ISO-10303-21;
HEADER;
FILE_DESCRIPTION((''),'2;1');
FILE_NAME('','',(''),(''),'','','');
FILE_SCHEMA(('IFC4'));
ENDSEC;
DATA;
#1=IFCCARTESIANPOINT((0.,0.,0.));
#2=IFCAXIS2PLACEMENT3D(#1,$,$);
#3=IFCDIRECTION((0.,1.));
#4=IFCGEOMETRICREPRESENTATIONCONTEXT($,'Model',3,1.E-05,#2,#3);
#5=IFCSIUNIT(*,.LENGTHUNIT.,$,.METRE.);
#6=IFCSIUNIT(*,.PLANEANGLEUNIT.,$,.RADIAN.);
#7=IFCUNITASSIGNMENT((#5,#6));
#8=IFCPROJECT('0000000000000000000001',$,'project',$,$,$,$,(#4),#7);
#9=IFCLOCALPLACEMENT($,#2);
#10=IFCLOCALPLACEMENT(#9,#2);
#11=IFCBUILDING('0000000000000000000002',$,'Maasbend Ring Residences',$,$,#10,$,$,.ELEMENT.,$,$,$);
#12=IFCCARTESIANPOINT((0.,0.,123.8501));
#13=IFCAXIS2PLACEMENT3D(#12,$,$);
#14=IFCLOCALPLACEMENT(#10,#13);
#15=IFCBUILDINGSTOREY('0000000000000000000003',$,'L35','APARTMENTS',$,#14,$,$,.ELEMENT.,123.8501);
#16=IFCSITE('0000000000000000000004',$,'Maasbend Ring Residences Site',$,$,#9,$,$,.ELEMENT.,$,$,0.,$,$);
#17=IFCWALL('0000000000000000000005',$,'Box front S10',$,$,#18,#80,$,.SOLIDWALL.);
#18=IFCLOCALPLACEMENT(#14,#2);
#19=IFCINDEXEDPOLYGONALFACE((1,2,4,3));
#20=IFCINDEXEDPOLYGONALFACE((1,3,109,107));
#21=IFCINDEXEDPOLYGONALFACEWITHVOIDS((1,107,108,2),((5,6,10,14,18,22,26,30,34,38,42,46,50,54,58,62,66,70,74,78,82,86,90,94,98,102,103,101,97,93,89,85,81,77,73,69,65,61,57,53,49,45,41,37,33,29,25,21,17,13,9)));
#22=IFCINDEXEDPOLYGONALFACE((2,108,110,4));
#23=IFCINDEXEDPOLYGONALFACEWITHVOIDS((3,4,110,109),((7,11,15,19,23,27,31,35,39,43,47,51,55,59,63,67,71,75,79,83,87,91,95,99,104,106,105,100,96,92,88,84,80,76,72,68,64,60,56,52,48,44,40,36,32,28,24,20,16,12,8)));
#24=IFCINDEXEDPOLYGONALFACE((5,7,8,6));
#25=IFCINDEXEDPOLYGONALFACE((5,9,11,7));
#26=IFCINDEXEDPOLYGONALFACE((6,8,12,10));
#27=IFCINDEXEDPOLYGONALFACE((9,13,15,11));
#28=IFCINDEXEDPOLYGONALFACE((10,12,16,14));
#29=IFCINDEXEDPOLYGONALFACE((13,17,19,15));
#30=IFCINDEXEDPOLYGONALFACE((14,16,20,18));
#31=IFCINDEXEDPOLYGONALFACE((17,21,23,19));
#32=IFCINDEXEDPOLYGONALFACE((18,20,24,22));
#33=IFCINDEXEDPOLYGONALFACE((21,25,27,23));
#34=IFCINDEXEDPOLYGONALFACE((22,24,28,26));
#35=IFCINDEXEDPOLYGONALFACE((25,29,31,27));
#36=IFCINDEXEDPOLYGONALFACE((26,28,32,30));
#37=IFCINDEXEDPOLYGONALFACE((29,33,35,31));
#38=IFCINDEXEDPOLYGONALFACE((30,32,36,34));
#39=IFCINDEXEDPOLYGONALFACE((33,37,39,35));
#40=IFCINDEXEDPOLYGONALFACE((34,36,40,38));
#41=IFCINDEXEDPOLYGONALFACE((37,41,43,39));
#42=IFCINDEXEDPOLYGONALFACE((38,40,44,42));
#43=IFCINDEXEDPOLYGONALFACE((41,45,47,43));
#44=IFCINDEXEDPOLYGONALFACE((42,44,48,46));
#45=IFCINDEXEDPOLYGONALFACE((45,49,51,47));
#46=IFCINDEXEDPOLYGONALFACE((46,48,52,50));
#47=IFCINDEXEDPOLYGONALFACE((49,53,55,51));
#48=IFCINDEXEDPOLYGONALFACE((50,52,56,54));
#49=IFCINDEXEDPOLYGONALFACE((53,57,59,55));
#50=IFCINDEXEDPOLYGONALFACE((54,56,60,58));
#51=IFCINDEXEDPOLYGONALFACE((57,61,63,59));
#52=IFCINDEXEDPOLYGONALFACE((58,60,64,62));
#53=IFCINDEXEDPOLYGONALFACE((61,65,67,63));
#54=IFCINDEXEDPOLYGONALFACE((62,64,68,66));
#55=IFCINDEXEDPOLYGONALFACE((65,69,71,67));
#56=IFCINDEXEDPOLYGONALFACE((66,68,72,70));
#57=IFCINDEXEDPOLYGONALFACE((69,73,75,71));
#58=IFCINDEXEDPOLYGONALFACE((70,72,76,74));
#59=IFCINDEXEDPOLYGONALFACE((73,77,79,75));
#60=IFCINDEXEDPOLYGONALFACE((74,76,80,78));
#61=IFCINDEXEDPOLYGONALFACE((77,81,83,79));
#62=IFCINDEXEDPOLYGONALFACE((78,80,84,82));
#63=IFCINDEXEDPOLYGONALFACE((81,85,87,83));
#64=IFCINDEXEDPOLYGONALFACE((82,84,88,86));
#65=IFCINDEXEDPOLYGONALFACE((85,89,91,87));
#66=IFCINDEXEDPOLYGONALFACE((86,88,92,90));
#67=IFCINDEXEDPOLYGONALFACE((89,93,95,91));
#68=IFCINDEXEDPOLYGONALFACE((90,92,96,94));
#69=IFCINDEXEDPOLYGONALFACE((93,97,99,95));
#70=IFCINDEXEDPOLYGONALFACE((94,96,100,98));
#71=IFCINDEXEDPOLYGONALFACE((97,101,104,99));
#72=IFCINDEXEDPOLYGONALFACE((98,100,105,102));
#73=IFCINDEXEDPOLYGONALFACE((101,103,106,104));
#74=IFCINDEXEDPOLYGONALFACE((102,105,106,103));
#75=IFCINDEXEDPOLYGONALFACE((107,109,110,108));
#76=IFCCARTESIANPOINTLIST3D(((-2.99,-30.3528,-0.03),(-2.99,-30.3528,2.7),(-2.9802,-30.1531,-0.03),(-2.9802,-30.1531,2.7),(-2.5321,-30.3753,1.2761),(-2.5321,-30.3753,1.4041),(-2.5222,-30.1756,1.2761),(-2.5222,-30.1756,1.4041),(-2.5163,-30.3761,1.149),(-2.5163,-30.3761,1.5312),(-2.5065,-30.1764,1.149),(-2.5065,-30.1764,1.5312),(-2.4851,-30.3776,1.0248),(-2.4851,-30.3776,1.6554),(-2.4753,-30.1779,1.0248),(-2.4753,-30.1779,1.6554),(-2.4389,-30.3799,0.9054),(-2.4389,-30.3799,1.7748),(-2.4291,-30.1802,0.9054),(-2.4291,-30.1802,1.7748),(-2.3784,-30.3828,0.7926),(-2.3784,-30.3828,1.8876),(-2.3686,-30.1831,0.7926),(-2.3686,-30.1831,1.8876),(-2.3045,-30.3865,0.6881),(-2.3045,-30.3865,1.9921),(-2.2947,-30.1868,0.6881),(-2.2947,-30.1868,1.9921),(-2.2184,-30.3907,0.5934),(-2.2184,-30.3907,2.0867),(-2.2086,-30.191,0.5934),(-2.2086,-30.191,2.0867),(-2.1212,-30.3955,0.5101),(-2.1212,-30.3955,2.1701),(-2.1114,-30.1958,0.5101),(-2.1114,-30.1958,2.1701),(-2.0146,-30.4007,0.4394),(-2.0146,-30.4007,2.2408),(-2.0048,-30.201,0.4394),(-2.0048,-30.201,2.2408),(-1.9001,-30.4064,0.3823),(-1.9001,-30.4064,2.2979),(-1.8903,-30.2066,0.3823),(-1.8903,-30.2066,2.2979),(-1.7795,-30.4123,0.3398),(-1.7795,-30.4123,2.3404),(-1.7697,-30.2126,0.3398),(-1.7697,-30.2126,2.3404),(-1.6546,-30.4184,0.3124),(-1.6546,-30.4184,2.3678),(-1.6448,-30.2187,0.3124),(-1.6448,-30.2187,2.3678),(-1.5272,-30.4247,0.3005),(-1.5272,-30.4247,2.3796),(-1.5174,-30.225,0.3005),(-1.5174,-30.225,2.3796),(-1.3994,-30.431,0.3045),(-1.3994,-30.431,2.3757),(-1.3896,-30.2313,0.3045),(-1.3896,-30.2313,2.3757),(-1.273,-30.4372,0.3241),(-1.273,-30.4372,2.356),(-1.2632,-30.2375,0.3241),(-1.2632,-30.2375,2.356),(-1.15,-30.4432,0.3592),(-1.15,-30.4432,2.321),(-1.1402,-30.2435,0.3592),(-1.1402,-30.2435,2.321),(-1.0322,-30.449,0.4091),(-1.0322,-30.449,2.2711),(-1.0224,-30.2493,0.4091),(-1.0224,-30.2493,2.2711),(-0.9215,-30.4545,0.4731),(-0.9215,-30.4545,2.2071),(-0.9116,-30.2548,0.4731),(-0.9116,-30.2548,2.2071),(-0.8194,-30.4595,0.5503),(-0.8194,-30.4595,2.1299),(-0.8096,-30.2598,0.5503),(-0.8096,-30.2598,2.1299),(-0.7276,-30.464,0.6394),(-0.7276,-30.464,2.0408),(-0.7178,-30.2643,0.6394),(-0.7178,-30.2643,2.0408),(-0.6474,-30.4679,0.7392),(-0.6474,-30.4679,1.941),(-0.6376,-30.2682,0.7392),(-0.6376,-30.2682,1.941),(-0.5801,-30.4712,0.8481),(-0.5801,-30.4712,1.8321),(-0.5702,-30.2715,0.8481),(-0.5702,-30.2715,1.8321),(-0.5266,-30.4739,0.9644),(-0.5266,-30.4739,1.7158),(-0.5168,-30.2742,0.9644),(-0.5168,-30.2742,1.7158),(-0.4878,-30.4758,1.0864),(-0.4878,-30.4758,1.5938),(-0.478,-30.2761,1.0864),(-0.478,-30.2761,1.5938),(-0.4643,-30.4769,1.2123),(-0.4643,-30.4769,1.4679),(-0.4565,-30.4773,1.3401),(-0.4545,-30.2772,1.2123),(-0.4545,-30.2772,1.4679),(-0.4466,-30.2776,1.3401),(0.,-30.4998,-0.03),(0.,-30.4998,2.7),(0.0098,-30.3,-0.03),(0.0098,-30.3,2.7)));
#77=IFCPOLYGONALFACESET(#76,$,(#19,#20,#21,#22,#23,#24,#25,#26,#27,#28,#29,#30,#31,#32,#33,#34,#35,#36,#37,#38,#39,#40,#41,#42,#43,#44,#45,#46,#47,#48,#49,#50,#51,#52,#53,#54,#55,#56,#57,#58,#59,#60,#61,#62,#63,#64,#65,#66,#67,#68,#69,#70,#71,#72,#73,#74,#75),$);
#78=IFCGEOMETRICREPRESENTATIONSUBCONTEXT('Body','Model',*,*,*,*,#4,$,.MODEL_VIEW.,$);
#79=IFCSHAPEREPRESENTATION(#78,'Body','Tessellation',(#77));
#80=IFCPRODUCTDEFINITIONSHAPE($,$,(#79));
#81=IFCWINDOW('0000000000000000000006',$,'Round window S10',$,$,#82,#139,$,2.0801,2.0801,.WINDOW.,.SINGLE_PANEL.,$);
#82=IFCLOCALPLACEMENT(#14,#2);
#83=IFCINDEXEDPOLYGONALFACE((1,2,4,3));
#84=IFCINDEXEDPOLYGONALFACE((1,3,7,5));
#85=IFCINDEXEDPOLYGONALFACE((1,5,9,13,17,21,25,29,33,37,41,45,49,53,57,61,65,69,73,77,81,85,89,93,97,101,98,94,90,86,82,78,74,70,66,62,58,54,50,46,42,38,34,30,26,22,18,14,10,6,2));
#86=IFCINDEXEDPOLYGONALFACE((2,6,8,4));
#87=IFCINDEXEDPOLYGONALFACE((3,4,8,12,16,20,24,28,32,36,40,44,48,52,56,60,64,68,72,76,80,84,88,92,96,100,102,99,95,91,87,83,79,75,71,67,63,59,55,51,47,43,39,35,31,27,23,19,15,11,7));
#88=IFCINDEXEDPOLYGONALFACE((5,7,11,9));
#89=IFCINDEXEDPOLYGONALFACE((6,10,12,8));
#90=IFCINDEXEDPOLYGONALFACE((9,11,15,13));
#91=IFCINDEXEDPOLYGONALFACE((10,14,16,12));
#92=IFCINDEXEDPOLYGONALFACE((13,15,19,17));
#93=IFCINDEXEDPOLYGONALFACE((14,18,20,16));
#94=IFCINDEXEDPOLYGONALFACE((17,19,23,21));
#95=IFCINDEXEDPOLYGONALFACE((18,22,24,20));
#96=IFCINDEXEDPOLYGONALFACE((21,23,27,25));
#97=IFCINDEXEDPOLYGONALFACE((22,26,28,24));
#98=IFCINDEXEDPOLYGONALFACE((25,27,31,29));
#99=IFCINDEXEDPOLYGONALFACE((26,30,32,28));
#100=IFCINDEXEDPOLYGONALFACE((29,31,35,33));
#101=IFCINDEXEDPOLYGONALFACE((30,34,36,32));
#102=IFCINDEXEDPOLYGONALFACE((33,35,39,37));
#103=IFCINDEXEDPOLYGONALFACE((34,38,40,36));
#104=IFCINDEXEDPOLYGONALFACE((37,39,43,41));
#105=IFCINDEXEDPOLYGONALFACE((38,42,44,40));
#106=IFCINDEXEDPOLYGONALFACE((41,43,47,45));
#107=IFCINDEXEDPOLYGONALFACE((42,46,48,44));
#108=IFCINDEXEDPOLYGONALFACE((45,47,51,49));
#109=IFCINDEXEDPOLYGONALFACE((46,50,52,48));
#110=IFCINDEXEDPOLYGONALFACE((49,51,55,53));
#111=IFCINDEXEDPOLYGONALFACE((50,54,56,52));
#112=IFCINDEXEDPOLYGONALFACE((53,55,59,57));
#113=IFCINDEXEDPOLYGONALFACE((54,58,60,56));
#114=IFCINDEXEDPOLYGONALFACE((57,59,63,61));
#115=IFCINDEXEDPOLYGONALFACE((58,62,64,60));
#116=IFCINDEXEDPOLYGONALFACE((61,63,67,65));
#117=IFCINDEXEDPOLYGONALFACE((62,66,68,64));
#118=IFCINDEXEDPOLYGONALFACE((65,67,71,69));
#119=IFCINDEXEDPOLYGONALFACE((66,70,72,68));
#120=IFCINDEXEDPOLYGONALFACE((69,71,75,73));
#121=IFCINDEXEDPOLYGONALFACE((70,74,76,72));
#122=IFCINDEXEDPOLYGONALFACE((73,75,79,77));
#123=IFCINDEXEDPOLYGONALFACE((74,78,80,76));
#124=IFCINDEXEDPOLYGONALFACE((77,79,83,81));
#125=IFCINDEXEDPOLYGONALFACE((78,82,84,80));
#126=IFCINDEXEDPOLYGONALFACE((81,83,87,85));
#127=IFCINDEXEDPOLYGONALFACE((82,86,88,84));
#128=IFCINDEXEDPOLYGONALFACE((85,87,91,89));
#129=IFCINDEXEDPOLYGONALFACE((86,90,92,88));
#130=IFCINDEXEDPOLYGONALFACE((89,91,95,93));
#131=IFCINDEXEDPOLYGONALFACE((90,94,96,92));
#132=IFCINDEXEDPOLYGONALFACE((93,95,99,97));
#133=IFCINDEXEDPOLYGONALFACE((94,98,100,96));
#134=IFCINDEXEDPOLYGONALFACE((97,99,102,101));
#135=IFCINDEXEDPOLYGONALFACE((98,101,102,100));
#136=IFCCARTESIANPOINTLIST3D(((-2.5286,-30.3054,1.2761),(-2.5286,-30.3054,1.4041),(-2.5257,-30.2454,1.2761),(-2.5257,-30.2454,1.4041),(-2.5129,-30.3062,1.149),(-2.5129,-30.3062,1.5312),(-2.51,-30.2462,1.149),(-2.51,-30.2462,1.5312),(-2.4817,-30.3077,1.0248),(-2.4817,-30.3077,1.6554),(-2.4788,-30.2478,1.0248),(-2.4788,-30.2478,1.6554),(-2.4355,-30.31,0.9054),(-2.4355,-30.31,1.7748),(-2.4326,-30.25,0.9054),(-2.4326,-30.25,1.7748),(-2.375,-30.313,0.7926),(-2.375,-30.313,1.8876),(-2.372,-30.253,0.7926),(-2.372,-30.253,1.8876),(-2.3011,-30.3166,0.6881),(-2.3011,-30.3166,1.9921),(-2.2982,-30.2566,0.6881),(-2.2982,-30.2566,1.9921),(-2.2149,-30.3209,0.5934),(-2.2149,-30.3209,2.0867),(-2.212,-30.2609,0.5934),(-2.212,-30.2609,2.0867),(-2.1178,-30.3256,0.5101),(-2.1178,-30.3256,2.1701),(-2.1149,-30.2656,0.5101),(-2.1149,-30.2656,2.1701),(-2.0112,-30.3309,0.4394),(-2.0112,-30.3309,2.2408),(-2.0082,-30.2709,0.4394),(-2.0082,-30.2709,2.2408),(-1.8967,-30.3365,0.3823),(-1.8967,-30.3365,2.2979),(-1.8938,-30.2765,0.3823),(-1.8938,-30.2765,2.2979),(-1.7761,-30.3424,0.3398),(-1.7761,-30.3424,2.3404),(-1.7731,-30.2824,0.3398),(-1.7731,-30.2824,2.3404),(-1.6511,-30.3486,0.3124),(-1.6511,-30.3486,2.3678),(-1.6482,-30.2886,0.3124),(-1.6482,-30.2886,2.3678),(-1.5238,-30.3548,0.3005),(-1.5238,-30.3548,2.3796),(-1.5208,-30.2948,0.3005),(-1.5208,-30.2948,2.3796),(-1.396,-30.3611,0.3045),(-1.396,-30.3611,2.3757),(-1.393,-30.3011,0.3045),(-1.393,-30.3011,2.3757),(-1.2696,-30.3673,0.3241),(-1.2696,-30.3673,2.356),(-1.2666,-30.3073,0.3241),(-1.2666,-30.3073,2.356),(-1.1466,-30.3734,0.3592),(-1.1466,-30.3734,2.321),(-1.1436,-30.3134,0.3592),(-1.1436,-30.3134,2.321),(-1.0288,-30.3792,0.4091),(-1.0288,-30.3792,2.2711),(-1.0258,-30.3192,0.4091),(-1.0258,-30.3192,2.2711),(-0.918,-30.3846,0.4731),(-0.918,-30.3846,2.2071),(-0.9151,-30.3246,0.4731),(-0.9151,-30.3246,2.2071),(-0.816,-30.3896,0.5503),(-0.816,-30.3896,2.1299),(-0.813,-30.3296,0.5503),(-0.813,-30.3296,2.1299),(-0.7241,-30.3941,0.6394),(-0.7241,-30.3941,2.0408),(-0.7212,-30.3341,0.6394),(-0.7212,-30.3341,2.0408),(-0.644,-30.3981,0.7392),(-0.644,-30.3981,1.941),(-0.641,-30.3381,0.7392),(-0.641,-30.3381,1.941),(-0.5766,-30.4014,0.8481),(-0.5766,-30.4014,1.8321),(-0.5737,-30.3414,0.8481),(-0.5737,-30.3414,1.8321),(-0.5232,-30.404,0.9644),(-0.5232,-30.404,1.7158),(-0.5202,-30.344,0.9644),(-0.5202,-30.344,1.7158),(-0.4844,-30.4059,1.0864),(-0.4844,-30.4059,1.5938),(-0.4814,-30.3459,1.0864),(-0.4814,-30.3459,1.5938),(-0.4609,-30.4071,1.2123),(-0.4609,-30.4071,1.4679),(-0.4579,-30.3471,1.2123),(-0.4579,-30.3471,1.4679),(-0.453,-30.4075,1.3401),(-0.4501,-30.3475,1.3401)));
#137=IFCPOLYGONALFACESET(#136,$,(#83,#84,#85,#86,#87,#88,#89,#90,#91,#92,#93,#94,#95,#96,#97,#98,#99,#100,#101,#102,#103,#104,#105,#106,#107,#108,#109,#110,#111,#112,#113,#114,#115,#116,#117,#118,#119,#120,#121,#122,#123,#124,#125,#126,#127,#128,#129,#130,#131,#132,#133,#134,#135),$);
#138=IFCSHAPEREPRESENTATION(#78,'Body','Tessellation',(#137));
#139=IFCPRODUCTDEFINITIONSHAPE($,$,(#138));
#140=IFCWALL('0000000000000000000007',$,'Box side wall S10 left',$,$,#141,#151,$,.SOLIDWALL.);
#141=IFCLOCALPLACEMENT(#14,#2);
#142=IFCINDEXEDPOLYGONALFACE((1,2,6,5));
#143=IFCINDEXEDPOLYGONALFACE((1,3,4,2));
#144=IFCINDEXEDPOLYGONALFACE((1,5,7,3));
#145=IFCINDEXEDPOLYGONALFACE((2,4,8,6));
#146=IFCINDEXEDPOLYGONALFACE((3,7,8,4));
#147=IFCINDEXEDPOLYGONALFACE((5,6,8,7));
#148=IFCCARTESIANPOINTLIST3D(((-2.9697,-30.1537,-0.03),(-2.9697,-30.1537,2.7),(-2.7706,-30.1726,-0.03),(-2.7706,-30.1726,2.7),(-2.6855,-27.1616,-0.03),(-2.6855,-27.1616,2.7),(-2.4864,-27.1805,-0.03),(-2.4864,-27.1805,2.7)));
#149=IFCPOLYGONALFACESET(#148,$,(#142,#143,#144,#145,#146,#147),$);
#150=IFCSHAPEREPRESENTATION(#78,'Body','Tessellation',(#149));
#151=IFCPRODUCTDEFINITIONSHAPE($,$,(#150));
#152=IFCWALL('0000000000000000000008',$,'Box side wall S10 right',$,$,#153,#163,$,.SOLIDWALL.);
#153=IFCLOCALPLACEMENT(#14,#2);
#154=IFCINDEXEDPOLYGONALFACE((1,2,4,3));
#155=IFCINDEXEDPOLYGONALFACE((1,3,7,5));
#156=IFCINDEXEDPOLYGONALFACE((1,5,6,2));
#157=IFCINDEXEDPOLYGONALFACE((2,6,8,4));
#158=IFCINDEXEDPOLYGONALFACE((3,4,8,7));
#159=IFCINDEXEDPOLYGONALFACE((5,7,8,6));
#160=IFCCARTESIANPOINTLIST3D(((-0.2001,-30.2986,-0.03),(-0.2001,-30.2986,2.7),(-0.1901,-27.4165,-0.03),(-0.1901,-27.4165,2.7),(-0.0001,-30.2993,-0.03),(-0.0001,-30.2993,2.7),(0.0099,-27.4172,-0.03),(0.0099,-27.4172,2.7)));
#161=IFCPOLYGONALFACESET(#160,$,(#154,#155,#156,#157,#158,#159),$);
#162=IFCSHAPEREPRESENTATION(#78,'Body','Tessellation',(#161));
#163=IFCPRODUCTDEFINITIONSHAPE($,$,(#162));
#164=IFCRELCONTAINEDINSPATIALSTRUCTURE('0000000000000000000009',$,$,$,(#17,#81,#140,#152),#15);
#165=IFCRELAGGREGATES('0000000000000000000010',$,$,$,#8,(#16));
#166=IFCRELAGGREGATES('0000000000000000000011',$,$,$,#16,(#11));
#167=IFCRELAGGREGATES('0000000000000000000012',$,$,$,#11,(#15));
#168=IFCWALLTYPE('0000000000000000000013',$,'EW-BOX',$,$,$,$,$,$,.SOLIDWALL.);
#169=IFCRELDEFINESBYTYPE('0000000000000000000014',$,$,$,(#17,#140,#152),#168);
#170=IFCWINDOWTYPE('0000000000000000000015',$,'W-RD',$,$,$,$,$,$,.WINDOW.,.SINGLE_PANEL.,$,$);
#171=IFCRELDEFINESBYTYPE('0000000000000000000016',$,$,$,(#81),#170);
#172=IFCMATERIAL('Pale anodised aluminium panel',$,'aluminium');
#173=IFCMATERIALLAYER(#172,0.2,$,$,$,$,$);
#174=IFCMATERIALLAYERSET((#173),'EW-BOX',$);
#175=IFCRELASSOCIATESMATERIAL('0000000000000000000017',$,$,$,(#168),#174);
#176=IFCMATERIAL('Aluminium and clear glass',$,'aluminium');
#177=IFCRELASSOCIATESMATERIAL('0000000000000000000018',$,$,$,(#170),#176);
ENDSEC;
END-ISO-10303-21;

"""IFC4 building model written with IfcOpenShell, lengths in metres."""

from ifc_helpers import new_model, si_unit, direction, frame, frame_2d, origin, place, context, subcontext, project, spatial, rectangle, circle, extrude, material, layer, layer_set, type_object, element, fill, save


model = new_model("IFC4")

# Units and contexts
model_context = context("Model", 3, precision=1e-05, world=origin(), true_north=direction((0.0, 1.0)))
body_context = subcontext(model_context, "Body", "Model", "MODEL_VIEW")
ifc_project = project(units=[si_unit("LENGTHUNIT", "METRE"), si_unit("PLANEANGLEUNIT", "RADIAN")], contexts=[model_context])

# Site, building, storey
site_placement = place(None, origin())
site = spatial("IfcSite", under=ifc_project, at=site_placement, Name="Maasbend Ring Residences Site", CompositionType="ELEMENT", RefElevation=0.0)
building_placement = place(site_placement, origin())
building = spatial("IfcBuilding", under=site, at=building_placement, Name="Maasbend Ring Residences", CompositionType="ELEMENT")
storey_placement = place(building_placement, frame((0.0, 0.0, 123.8501)))
storey = spatial("IfcBuildingStorey", under=building, at=storey_placement, Name="L35", Description="APARTMENTS", CompositionType="ELEMENT", Elevation=123.8501)

# Shared definitions
ifc_material_1 = material(Name="Pale anodised aluminium panel", Category="aluminium")
ifc_layer_1 = layer(ifc_material_1, 0.2)
ifc_layer_set_1 = layer_set([ifc_layer_1], Name="EW-BOX")
wall_type_1 = type_object("IfcWallType", Name="EW-BOX", PredefinedType="SOLIDWALL", material=ifc_layer_set_1)
ifc_material_2 = material(Name="Aluminium and clear glass", Category="aluminium")
window_type_1 = type_object("IfcWindowType", Name="W-RD", PartitioningType="SINGLE_PANEL", PredefinedType="WINDOW", material=ifc_material_2)

# Wall, opening, window
wall_1_placement = place(storey_placement, frame((-2.9851, -30.2529, -0.03), z_axis=(0.0, 0.0, 1.0), x_axis=(0.998794, -0.049096, 0.0)))
wall_1 = element("IfcWall", 1, at=wall_1_placement, inside=storey, type_object=wall_type_1, Name="Box front S10", PredefinedType="SOLIDWALL", context=body_context, shape_type="SweptSolid", body=[
    extrude(rectangle(XDim=2.9937, YDim=0.2, at=frame_2d((1.4968, 0.0))), origin(), (0.0, 0.0, 1.0), 2.73),
])
opening_1_placement = place(wall_1_placement, frame((0.4565, 0.0, 0.3301)))
opening_1 = element("IfcOpeningElement", 2, at=opening_1_placement, cuts=wall_1, PredefinedType="OPENING", context=body_context, shape_type="SweptSolid", body=[
    extrude(circle(Radius=1.04, at=frame_2d((1.04, 1.04))), frame((0.0, 0.1099, 0.0), z_axis=(0.0, -1.0, 0.0), x_axis=(1.0, 0.0, 0.0)), (0.0, 0.0, 1.0), 0.22),
])
window_1_placement = place(opening_1_placement, origin())
window_1 = element("IfcWindow", 3, at=window_1_placement, inside=storey, type_object=window_type_1, Name="Round window S10", OverallHeight=2.0801, OverallWidth=2.0801, PartitioningType="SINGLE_PANEL", PredefinedType="WINDOW", context=body_context, shape_type="SweptSolid", body=[
    extrude(circle(Radius=1.04, at=frame_2d((1.04, 1.04))), frame((0.0, 0.03, 0.0), z_axis=(0.0, -1.0, 0.0), x_axis=(1.0, 0.0, 0.0)), (0.0, 0.0, 1.0), 0.0601),
])
fill(opening_1, window_1)

# Walls
wall_2_placement = place(storey_placement, frame((-2.5859, -27.1709, -0.03), z_axis=(0.0, 0.0, 1.0), x_axis=(-0.094548, -0.99552, 0.0)))
element("IfcWall", 4, at=wall_2_placement, inside=storey, type_object=wall_type_1, Name="Box side wall S10 left", PredefinedType="SOLIDWALL", context=body_context, shape_type="SweptSolid", body=[
    extrude(rectangle(XDim=3.0056, YDim=0.2, at=frame_2d((1.5029, 0.0))), origin(), (0.0, 0.0, 1.0), 2.73),
])
wall_3_placement = place(storey_placement, frame((-0.0901, -27.417, -0.03), z_axis=(0.0, 0.0, 1.0), x_axis=(-0.003473, -0.999994, 0.0)))
element("IfcWall", 5, at=wall_3_placement, inside=storey, type_object=wall_type_1, Name="Box side wall S10 right", PredefinedType="SOLIDWALL", context=body_context, shape_type="SweptSolid", body=[
    extrude(rectangle(XDim=2.8821, YDim=0.2, at=frame_2d((1.4409, 0.0))), origin(), (0.0, 0.0, 1.0), 2.73),
])

save(model, "model.ifc")
